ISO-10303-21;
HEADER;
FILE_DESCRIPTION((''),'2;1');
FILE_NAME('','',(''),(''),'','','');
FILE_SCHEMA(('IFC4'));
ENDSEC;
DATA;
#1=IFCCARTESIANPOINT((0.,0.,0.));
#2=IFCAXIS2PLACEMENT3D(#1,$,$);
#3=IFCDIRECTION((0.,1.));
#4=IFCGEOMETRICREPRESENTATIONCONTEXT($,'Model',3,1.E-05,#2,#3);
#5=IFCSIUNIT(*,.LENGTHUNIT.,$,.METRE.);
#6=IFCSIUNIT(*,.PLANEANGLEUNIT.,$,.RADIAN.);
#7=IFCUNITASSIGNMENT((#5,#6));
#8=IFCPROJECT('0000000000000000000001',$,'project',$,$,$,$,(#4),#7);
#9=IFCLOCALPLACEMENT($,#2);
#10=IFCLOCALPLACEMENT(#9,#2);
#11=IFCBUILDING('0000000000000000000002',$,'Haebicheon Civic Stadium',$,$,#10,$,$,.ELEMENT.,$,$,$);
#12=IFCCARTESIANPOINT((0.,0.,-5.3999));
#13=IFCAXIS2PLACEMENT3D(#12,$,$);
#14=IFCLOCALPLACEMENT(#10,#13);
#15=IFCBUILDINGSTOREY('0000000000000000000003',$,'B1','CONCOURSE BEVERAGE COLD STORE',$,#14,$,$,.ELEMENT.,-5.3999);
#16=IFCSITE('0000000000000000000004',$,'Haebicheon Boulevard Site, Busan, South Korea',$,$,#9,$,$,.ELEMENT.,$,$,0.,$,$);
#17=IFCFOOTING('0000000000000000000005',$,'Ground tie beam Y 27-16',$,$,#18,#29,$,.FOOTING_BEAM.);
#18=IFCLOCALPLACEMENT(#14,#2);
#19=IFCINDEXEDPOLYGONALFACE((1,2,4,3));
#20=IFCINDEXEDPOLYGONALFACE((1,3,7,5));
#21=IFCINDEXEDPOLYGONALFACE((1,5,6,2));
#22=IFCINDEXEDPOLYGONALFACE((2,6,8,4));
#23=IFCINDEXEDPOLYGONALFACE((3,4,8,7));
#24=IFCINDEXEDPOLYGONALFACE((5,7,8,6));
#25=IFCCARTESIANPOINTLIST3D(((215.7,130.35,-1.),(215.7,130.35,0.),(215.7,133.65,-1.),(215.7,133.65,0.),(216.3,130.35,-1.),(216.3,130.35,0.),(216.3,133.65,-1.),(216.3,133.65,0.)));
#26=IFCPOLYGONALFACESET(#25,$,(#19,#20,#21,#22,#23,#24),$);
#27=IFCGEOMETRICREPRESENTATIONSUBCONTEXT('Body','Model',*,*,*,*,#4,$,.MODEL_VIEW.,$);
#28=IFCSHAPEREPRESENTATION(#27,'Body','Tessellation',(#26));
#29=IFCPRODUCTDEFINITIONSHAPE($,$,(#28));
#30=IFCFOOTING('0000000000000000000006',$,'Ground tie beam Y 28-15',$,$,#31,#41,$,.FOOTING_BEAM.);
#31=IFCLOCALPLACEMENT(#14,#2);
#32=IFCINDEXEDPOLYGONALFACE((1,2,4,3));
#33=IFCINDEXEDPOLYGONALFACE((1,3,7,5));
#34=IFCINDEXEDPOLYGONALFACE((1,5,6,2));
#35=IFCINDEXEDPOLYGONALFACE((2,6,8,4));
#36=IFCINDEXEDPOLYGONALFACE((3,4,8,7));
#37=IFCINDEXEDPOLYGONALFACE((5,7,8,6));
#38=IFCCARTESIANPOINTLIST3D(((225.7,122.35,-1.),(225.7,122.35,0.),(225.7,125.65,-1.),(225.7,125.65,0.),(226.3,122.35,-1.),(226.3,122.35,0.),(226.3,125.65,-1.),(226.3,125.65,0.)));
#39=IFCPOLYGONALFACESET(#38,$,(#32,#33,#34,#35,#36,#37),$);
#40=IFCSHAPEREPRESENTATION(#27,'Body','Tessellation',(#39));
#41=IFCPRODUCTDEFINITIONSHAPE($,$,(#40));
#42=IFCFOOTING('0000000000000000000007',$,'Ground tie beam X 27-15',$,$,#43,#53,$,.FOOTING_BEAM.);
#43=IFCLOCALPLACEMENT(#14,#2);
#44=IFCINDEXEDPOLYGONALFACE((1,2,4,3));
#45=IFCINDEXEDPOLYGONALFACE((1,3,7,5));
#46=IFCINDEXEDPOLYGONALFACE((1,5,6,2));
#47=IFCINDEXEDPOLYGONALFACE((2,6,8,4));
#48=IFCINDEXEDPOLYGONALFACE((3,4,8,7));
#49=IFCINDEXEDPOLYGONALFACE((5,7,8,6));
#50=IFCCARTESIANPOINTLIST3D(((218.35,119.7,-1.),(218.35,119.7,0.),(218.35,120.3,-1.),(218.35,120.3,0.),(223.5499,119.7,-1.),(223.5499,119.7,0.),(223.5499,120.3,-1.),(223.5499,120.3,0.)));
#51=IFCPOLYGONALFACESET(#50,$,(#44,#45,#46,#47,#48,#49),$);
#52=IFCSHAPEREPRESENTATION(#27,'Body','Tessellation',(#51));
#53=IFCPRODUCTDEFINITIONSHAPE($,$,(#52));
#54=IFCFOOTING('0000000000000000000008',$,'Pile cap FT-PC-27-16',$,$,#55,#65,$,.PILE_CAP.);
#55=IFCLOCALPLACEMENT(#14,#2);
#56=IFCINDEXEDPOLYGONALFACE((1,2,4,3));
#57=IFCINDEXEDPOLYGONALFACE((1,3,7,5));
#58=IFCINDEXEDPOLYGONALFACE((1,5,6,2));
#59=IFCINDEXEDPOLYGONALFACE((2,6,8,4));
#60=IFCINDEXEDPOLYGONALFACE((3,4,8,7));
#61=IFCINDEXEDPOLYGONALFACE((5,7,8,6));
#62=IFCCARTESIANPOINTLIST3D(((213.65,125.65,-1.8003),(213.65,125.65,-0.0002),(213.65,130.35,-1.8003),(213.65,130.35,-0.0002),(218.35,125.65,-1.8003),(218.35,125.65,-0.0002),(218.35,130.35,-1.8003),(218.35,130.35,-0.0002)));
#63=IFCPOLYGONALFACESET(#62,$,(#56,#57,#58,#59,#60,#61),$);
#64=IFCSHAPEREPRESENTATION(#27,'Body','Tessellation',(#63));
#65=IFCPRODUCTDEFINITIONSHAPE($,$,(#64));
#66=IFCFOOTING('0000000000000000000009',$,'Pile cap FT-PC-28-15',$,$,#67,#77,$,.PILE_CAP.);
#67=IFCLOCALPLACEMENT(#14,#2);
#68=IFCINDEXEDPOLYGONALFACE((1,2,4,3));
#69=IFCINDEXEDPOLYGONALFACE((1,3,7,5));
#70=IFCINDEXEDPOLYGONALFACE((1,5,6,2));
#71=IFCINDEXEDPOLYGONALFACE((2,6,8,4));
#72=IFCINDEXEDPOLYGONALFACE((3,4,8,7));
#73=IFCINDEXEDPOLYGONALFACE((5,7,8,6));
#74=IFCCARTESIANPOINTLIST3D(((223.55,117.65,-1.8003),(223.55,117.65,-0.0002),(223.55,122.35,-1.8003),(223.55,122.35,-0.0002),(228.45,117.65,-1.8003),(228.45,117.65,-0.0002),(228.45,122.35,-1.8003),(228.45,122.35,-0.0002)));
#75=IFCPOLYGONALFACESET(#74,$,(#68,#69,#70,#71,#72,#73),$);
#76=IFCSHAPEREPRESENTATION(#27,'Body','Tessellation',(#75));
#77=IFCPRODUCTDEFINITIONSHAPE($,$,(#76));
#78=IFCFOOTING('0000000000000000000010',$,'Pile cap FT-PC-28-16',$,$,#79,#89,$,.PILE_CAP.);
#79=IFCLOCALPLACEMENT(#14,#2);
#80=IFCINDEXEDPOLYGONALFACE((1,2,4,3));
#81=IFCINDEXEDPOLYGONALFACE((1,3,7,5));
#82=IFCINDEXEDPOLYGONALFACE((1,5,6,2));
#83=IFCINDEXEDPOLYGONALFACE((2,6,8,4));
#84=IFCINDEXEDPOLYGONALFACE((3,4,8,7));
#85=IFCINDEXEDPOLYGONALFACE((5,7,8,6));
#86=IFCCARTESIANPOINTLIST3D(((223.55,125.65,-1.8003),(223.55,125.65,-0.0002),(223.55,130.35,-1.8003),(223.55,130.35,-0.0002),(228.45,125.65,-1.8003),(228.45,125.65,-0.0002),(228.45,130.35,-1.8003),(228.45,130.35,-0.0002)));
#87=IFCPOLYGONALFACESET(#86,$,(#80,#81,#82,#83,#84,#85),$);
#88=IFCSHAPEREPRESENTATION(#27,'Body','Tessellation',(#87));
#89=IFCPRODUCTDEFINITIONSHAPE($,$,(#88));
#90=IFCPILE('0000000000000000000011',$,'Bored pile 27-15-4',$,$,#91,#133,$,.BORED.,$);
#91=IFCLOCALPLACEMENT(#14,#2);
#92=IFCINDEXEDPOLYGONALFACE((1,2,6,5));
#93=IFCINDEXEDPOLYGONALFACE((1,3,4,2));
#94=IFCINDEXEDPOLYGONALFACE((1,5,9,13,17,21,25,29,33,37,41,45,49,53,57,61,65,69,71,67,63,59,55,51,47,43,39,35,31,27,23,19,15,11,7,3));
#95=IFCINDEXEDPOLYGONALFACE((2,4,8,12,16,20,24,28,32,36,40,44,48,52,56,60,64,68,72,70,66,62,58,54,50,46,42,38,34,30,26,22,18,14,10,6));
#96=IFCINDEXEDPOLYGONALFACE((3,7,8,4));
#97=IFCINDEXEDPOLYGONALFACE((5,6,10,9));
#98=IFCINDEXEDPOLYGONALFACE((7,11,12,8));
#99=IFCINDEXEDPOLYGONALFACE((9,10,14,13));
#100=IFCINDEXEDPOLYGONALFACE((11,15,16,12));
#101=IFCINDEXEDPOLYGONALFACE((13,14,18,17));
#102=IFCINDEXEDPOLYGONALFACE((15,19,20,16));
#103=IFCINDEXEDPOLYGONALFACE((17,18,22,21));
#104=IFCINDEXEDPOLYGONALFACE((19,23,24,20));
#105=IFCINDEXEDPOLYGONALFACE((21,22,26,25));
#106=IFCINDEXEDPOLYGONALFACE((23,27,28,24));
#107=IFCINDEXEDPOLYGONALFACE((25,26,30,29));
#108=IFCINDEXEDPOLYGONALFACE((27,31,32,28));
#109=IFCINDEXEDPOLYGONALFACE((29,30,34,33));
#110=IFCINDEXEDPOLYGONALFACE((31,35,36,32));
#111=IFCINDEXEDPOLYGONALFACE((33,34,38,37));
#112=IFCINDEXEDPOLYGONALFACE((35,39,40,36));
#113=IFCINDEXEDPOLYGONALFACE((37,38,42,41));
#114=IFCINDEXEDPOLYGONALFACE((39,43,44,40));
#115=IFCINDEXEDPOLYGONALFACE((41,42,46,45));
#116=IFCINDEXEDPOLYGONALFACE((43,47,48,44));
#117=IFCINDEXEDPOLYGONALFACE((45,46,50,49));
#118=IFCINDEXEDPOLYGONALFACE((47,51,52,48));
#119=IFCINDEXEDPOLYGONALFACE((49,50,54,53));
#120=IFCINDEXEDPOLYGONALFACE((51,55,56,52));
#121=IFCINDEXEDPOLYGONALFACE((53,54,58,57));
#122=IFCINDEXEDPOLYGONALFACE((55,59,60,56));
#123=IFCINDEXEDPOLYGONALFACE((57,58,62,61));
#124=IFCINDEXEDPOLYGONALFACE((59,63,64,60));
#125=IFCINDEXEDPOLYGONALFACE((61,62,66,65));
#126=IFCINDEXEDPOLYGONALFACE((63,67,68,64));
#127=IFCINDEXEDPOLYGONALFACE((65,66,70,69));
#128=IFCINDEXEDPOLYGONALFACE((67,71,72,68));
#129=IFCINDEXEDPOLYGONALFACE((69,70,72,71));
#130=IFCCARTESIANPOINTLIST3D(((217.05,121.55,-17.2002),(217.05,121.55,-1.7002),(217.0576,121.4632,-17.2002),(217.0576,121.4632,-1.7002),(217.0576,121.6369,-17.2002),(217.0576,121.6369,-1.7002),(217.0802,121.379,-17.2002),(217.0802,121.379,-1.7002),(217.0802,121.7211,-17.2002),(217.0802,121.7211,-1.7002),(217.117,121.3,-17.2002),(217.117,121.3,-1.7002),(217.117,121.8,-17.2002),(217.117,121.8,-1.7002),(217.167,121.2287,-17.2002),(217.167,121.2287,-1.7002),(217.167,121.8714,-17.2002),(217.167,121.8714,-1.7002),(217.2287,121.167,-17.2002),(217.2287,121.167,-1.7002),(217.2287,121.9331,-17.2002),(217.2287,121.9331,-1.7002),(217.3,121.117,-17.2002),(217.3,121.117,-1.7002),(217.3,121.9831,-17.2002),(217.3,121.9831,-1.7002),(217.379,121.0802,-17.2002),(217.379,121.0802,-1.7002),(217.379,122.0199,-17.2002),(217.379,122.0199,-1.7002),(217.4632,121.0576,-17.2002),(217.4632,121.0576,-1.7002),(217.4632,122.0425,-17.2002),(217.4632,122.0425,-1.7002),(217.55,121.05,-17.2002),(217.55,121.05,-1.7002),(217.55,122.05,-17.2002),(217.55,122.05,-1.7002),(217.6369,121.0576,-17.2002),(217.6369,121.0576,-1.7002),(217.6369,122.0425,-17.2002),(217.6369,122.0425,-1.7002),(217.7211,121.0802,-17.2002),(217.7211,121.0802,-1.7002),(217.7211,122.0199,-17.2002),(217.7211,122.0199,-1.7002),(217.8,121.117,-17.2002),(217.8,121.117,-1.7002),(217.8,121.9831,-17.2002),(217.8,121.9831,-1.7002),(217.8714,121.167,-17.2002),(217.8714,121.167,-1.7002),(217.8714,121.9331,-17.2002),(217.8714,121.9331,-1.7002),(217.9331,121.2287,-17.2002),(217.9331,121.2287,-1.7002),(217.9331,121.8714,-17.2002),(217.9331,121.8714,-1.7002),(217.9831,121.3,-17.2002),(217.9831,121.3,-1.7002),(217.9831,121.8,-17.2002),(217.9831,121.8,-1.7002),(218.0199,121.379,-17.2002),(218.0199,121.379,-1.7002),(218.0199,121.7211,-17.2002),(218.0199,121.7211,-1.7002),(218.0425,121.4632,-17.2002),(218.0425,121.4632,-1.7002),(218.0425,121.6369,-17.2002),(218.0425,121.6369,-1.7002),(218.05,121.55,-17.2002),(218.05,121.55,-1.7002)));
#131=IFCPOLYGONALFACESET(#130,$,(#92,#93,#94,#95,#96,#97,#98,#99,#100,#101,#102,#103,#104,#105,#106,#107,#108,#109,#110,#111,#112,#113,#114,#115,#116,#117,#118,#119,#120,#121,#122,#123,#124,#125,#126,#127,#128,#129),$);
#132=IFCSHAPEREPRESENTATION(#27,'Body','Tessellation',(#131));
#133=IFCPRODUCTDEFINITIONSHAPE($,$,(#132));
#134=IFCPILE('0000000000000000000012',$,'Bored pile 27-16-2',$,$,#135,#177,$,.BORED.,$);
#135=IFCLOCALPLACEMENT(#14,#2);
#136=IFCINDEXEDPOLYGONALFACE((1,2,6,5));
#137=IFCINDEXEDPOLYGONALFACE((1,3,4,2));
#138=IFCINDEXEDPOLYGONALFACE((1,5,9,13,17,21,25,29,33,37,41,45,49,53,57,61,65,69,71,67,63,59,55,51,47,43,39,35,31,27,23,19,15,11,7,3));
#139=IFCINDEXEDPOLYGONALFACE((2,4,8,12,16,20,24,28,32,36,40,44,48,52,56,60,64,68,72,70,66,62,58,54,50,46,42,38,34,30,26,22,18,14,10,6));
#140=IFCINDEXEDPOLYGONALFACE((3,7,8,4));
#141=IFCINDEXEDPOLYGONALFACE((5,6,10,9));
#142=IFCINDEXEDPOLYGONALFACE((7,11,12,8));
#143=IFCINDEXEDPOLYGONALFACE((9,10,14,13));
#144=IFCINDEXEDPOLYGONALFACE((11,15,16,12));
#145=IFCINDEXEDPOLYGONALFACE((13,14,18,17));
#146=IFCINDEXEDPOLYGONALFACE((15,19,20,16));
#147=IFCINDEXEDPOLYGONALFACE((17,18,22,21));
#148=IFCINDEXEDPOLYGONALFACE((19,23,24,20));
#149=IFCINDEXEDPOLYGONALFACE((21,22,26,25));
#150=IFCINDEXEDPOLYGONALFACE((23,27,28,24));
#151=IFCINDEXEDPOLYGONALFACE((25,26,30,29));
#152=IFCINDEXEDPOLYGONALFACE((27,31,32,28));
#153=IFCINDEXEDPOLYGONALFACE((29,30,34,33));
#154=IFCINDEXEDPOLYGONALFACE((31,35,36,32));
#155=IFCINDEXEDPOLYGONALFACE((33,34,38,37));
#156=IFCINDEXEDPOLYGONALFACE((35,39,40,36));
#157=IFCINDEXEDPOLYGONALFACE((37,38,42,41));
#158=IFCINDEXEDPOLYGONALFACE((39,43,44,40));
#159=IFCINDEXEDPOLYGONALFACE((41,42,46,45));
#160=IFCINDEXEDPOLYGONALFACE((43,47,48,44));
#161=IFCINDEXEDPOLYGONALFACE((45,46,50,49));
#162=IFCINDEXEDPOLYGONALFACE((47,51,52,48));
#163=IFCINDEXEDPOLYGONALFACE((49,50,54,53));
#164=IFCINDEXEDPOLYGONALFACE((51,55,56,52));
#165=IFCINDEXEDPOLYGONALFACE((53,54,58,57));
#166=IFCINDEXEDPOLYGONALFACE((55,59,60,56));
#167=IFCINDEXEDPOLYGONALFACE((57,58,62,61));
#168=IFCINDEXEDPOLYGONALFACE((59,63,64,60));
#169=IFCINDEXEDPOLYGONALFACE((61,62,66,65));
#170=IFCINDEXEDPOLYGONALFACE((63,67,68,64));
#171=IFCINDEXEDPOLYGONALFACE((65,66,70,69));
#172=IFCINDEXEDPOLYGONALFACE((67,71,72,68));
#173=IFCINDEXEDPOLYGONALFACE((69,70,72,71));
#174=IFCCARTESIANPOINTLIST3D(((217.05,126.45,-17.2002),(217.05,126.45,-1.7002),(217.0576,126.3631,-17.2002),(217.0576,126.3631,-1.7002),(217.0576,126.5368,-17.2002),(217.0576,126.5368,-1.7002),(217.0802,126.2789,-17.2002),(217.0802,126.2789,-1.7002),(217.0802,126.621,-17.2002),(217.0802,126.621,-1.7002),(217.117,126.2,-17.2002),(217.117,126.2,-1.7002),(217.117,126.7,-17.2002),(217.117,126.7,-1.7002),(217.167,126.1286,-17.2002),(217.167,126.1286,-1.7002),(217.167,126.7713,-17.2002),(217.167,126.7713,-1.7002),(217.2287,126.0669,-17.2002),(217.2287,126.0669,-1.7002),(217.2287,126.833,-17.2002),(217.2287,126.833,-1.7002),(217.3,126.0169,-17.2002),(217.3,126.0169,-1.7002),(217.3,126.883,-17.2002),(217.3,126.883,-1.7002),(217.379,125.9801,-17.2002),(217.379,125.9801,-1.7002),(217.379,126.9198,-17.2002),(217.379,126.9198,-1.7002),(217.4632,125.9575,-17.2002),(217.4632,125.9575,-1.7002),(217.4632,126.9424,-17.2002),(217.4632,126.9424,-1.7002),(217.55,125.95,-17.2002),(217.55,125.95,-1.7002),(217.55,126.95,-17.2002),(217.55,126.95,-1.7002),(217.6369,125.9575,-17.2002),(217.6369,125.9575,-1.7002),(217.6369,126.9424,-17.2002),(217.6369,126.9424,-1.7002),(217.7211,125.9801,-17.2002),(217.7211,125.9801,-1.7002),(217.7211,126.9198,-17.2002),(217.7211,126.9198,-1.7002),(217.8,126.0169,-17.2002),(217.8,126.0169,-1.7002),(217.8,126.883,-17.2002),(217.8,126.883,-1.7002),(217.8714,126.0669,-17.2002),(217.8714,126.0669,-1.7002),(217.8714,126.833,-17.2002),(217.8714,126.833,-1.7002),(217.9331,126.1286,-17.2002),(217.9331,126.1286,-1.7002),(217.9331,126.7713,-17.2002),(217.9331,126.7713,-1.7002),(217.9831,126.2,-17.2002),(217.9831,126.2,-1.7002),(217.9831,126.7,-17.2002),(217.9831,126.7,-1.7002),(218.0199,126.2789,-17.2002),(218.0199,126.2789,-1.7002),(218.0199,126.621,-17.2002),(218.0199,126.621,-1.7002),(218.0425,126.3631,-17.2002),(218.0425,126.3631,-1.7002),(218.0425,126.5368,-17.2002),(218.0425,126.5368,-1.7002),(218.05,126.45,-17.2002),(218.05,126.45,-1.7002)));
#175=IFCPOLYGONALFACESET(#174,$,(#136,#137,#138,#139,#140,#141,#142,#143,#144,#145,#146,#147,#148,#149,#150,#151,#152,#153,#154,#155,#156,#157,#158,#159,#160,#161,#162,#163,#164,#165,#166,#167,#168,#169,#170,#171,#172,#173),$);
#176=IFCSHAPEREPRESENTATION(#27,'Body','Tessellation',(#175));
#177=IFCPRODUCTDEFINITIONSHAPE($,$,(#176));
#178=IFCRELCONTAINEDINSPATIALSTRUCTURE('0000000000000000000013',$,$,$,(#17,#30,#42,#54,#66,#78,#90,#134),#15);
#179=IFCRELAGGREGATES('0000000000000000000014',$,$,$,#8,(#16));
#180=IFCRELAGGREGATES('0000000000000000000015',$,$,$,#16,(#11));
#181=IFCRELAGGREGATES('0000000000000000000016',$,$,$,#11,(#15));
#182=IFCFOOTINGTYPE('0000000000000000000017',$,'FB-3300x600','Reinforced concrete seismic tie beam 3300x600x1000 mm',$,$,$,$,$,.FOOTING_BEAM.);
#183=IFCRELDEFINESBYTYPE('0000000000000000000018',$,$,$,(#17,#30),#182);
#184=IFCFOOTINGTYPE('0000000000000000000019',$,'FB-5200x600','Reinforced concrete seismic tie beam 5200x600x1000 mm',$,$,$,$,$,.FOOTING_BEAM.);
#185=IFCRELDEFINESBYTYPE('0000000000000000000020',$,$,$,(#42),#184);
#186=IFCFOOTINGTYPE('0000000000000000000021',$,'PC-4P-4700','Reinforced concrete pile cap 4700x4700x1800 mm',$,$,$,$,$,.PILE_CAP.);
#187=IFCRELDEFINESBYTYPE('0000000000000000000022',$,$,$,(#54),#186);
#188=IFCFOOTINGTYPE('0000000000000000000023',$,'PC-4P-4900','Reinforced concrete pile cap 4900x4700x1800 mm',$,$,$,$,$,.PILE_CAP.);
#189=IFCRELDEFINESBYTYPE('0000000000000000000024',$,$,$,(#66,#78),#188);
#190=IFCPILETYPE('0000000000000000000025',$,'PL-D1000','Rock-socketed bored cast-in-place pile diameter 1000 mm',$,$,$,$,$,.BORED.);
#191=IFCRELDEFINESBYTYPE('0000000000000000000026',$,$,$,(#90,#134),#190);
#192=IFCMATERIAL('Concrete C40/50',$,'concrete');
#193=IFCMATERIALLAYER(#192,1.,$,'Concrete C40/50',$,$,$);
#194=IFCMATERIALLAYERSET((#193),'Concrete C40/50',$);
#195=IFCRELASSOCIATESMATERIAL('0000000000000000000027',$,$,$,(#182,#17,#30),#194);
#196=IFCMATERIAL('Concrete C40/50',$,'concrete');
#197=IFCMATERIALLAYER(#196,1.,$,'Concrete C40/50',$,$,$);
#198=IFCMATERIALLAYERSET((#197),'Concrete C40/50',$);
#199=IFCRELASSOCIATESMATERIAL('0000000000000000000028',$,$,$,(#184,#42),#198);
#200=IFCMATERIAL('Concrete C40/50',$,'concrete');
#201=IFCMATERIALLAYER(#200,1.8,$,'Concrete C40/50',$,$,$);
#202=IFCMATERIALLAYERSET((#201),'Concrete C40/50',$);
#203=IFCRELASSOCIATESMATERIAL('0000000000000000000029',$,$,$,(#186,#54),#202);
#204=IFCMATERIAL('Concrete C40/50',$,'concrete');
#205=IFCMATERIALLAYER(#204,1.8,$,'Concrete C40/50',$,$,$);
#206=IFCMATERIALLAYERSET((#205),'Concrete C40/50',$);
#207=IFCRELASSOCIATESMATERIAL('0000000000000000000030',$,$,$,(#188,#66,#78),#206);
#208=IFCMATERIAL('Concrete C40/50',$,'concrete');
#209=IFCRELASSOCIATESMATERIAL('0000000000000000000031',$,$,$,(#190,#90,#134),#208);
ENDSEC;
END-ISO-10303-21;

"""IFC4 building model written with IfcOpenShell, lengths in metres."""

from ifc_helpers import new_model, si_unit, direction, frame, origin, origin_2d, place, context, subcontext, project, spatial, rectangle, circle, extrude, material, layer, layer_set, material_profile, profile_set, type_object, element, save


model = new_model("IFC4")

# Units and contexts
model_context = context("Model", 3, precision=1e-05, world=origin(), true_north=direction((0.0, 1.0)))
body_context = subcontext(model_context, "Body", "Model", "MODEL_VIEW")
ifc_project = project(units=[si_unit("LENGTHUNIT", "METRE"), si_unit("PLANEANGLEUNIT", "RADIAN")], contexts=[model_context])

# Site, building, storey
site_placement = place(None, origin())
site = spatial("IfcSite", under=ifc_project, at=site_placement, Name="Haebicheon Boulevard Site, Busan, South Korea", CompositionType="ELEMENT", RefElevation=0.0)
building_placement = place(site_placement, origin())
building = spatial("IfcBuilding", under=site, at=building_placement, Name="Haebicheon Civic Stadium", CompositionType="ELEMENT")
storey_placement = place(building_placement, frame((0.0, 0.0, -5.3999)))
storey = spatial("IfcBuildingStorey", under=building, at=storey_placement, Name="B1", Description="CONCOURSE BEVERAGE COLD STORE", CompositionType="ELEMENT", Elevation=-5.3999)

# Footings
ifc_material_1 = material(Name="Concrete C40/50", Category="concrete")
ifc_layer_1 = layer(ifc_material_1, 1.0, Name="Concrete C40/50")
ifc_layer_set_1 = layer_set([ifc_layer_1], Name="Concrete C40/50")
footing_type_1 = type_object("IfcFootingType", Name="FB-3300x600", Description="Reinforced concrete seismic tie beam 3300x600x1000 mm", PredefinedType="FOOTING_BEAM", material=ifc_layer_set_1)
for number, where, z_axis, x_axis, name in (
    (1, (216.0, 132.0, -1.0), (0.0, 0.0, 1.0), (0.0, 1.0, 0.0), "Ground tie beam Y 27-16"),
    (2, (226.0, 124.0, -1.0), (0.0, 0.0, 1.0), (0.0, 1.0, 0.0), "Ground tie beam Y 28-15"),
):
    element("IfcFooting", number, at=place(storey_placement, frame(where, z_axis=z_axis, x_axis=x_axis)), inside=storey, type_object=footing_type_1, material=ifc_layer_set_1, Name=name, PredefinedType="FOOTING_BEAM", context=body_context, shape_type="SweptSolid", body=[
        extrude(rectangle(XDim=3.3, YDim=0.6001, at=origin_2d()), origin(), (0.0, 0.0, 1.0), 1.0),
    ])
ifc_material_2 = material(Name="Concrete C40/50", Category="concrete")
ifc_layer_2 = layer(ifc_material_2, 1.0, Name="Concrete C40/50")
ifc_layer_set_2 = layer_set([ifc_layer_2], Name="Concrete C40/50")
footing_type_2 = type_object("IfcFootingType", Name="FB-5200x600", Description="Reinforced concrete seismic tie beam 5200x600x1000 mm", PredefinedType="FOOTING_BEAM", material=ifc_layer_set_2)
footing_1_placement = place(storey_placement, frame((220.95, 120.0, -1.0), z_axis=(0.0, 0.0, 1.0), x_axis=(1.0, 0.0, 0.0)))
element("IfcFooting", 3, at=footing_1_placement, inside=storey, type_object=footing_type_2, material=ifc_layer_set_2, Name="Ground tie beam X 27-15", PredefinedType="FOOTING_BEAM", context=body_context, shape_type="SweptSolid", body=[
    extrude(rectangle(XDim=5.2, YDim=0.6001, at=origin_2d()), origin(), (0.0, 0.0, 1.0), 1.0),
])
ifc_material_3 = material(Name="Concrete C40/50", Category="concrete")
ifc_layer_3 = layer(ifc_material_3, 1.8, Name="Concrete C40/50")
ifc_layer_set_3 = layer_set([ifc_layer_3], Name="Concrete C40/50")
footing_type_3 = type_object("IfcFootingType", Name="PC-4P-4700", Description="Reinforced concrete pile cap 4700x4700x1800 mm", PredefinedType="PILE_CAP", material=ifc_layer_set_3)
footing_2_placement = place(storey_placement, frame((216.0, 128.0, -1.8003), z_axis=(0.0, 0.0, 1.0), x_axis=(1.0, 0.0, 0.0)))
element("IfcFooting", 4, at=footing_2_placement, inside=storey, type_object=footing_type_3, material=ifc_layer_set_3, Name="Pile cap FT-PC-27-16", PredefinedType="PILE_CAP", context=body_context, shape_type="SweptSolid", body=[
    extrude(rectangle(XDim=4.7, YDim=4.7, at=origin_2d()), origin(), (0.0, 0.0, 1.0), 1.8),
])
ifc_material_4 = material(Name="Concrete C40/50", Category="concrete")
ifc_layer_4 = layer(ifc_material_4, 1.8, Name="Concrete C40/50")
ifc_layer_set_4 = layer_set([ifc_layer_4], Name="Concrete C40/50")
footing_type_4 = type_object("IfcFootingType", Name="PC-4P-4900", Description="Reinforced concrete pile cap 4900x4700x1800 mm", PredefinedType="PILE_CAP", material=ifc_layer_set_4)
for number, where, z_axis, x_axis, name in (
    (5, (226.0, 120.0, -1.8003), (0.0, 0.0, 1.0), (1.0, 0.0, 0.0), "Pile cap FT-PC-28-15"),
    (6, (226.0, 128.0, -1.8003), (0.0, 0.0, 1.0), (1.0, 0.0, 0.0), "Pile cap FT-PC-28-16"),
):
    element("IfcFooting", number, at=place(storey_placement, frame(where, z_axis=z_axis, x_axis=x_axis)), inside=storey, type_object=footing_type_4, material=ifc_layer_set_4, Name=name, PredefinedType="PILE_CAP", context=body_context, shape_type="SweptSolid", body=[
        extrude(rectangle(XDim=4.8999, YDim=4.7, at=origin_2d()), origin(), (0.0, 0.0, 1.0), 1.8),
    ])

# Piles
ifc_material_5 = material(Name="Concrete C40/50", Category="concrete")
ifc_material_profile_1 = material_profile(ifc_material_5, circle(Radius=0.5, at=origin_2d()), Name="PILE-D1000")
ifc_profile_set_1 = profile_set([ifc_material_profile_1], Name="Concrete C40/50")
pile_type = type_object("IfcPileType", Name="PL-D1000", Description="Rock-socketed bored cast-in-place pile diameter 1000 mm", PredefinedType="BORED", material=ifc_profile_set_1)
for number, where, z_axis, x_axis, name in (
    (7, (217.55, 121.55, -1.7002), (0.0, 0.0, -1.0), (1.0, 0.0, 0.0), "Bored pile 27-15-4"),
    (8, (217.55, 126.45, -1.7002), (0.0, 0.0, -1.0), (1.0, 0.0, 0.0), "Bored pile 27-16-2"),
):
    element("IfcPile", number, at=place(storey_placement, frame(where, z_axis=z_axis, x_axis=x_axis)), inside=storey, type_object=pile_type, material=ifc_profile_set_1, Name=name, PredefinedType="BORED", context=body_context, shape_type="SweptSolid", body=[
        extrude(circle(Radius=0.5, at=origin_2d()), origin(), (0.0, 0.0, 1.0), 15.5),
    ])

save(model, "model.ifc")
